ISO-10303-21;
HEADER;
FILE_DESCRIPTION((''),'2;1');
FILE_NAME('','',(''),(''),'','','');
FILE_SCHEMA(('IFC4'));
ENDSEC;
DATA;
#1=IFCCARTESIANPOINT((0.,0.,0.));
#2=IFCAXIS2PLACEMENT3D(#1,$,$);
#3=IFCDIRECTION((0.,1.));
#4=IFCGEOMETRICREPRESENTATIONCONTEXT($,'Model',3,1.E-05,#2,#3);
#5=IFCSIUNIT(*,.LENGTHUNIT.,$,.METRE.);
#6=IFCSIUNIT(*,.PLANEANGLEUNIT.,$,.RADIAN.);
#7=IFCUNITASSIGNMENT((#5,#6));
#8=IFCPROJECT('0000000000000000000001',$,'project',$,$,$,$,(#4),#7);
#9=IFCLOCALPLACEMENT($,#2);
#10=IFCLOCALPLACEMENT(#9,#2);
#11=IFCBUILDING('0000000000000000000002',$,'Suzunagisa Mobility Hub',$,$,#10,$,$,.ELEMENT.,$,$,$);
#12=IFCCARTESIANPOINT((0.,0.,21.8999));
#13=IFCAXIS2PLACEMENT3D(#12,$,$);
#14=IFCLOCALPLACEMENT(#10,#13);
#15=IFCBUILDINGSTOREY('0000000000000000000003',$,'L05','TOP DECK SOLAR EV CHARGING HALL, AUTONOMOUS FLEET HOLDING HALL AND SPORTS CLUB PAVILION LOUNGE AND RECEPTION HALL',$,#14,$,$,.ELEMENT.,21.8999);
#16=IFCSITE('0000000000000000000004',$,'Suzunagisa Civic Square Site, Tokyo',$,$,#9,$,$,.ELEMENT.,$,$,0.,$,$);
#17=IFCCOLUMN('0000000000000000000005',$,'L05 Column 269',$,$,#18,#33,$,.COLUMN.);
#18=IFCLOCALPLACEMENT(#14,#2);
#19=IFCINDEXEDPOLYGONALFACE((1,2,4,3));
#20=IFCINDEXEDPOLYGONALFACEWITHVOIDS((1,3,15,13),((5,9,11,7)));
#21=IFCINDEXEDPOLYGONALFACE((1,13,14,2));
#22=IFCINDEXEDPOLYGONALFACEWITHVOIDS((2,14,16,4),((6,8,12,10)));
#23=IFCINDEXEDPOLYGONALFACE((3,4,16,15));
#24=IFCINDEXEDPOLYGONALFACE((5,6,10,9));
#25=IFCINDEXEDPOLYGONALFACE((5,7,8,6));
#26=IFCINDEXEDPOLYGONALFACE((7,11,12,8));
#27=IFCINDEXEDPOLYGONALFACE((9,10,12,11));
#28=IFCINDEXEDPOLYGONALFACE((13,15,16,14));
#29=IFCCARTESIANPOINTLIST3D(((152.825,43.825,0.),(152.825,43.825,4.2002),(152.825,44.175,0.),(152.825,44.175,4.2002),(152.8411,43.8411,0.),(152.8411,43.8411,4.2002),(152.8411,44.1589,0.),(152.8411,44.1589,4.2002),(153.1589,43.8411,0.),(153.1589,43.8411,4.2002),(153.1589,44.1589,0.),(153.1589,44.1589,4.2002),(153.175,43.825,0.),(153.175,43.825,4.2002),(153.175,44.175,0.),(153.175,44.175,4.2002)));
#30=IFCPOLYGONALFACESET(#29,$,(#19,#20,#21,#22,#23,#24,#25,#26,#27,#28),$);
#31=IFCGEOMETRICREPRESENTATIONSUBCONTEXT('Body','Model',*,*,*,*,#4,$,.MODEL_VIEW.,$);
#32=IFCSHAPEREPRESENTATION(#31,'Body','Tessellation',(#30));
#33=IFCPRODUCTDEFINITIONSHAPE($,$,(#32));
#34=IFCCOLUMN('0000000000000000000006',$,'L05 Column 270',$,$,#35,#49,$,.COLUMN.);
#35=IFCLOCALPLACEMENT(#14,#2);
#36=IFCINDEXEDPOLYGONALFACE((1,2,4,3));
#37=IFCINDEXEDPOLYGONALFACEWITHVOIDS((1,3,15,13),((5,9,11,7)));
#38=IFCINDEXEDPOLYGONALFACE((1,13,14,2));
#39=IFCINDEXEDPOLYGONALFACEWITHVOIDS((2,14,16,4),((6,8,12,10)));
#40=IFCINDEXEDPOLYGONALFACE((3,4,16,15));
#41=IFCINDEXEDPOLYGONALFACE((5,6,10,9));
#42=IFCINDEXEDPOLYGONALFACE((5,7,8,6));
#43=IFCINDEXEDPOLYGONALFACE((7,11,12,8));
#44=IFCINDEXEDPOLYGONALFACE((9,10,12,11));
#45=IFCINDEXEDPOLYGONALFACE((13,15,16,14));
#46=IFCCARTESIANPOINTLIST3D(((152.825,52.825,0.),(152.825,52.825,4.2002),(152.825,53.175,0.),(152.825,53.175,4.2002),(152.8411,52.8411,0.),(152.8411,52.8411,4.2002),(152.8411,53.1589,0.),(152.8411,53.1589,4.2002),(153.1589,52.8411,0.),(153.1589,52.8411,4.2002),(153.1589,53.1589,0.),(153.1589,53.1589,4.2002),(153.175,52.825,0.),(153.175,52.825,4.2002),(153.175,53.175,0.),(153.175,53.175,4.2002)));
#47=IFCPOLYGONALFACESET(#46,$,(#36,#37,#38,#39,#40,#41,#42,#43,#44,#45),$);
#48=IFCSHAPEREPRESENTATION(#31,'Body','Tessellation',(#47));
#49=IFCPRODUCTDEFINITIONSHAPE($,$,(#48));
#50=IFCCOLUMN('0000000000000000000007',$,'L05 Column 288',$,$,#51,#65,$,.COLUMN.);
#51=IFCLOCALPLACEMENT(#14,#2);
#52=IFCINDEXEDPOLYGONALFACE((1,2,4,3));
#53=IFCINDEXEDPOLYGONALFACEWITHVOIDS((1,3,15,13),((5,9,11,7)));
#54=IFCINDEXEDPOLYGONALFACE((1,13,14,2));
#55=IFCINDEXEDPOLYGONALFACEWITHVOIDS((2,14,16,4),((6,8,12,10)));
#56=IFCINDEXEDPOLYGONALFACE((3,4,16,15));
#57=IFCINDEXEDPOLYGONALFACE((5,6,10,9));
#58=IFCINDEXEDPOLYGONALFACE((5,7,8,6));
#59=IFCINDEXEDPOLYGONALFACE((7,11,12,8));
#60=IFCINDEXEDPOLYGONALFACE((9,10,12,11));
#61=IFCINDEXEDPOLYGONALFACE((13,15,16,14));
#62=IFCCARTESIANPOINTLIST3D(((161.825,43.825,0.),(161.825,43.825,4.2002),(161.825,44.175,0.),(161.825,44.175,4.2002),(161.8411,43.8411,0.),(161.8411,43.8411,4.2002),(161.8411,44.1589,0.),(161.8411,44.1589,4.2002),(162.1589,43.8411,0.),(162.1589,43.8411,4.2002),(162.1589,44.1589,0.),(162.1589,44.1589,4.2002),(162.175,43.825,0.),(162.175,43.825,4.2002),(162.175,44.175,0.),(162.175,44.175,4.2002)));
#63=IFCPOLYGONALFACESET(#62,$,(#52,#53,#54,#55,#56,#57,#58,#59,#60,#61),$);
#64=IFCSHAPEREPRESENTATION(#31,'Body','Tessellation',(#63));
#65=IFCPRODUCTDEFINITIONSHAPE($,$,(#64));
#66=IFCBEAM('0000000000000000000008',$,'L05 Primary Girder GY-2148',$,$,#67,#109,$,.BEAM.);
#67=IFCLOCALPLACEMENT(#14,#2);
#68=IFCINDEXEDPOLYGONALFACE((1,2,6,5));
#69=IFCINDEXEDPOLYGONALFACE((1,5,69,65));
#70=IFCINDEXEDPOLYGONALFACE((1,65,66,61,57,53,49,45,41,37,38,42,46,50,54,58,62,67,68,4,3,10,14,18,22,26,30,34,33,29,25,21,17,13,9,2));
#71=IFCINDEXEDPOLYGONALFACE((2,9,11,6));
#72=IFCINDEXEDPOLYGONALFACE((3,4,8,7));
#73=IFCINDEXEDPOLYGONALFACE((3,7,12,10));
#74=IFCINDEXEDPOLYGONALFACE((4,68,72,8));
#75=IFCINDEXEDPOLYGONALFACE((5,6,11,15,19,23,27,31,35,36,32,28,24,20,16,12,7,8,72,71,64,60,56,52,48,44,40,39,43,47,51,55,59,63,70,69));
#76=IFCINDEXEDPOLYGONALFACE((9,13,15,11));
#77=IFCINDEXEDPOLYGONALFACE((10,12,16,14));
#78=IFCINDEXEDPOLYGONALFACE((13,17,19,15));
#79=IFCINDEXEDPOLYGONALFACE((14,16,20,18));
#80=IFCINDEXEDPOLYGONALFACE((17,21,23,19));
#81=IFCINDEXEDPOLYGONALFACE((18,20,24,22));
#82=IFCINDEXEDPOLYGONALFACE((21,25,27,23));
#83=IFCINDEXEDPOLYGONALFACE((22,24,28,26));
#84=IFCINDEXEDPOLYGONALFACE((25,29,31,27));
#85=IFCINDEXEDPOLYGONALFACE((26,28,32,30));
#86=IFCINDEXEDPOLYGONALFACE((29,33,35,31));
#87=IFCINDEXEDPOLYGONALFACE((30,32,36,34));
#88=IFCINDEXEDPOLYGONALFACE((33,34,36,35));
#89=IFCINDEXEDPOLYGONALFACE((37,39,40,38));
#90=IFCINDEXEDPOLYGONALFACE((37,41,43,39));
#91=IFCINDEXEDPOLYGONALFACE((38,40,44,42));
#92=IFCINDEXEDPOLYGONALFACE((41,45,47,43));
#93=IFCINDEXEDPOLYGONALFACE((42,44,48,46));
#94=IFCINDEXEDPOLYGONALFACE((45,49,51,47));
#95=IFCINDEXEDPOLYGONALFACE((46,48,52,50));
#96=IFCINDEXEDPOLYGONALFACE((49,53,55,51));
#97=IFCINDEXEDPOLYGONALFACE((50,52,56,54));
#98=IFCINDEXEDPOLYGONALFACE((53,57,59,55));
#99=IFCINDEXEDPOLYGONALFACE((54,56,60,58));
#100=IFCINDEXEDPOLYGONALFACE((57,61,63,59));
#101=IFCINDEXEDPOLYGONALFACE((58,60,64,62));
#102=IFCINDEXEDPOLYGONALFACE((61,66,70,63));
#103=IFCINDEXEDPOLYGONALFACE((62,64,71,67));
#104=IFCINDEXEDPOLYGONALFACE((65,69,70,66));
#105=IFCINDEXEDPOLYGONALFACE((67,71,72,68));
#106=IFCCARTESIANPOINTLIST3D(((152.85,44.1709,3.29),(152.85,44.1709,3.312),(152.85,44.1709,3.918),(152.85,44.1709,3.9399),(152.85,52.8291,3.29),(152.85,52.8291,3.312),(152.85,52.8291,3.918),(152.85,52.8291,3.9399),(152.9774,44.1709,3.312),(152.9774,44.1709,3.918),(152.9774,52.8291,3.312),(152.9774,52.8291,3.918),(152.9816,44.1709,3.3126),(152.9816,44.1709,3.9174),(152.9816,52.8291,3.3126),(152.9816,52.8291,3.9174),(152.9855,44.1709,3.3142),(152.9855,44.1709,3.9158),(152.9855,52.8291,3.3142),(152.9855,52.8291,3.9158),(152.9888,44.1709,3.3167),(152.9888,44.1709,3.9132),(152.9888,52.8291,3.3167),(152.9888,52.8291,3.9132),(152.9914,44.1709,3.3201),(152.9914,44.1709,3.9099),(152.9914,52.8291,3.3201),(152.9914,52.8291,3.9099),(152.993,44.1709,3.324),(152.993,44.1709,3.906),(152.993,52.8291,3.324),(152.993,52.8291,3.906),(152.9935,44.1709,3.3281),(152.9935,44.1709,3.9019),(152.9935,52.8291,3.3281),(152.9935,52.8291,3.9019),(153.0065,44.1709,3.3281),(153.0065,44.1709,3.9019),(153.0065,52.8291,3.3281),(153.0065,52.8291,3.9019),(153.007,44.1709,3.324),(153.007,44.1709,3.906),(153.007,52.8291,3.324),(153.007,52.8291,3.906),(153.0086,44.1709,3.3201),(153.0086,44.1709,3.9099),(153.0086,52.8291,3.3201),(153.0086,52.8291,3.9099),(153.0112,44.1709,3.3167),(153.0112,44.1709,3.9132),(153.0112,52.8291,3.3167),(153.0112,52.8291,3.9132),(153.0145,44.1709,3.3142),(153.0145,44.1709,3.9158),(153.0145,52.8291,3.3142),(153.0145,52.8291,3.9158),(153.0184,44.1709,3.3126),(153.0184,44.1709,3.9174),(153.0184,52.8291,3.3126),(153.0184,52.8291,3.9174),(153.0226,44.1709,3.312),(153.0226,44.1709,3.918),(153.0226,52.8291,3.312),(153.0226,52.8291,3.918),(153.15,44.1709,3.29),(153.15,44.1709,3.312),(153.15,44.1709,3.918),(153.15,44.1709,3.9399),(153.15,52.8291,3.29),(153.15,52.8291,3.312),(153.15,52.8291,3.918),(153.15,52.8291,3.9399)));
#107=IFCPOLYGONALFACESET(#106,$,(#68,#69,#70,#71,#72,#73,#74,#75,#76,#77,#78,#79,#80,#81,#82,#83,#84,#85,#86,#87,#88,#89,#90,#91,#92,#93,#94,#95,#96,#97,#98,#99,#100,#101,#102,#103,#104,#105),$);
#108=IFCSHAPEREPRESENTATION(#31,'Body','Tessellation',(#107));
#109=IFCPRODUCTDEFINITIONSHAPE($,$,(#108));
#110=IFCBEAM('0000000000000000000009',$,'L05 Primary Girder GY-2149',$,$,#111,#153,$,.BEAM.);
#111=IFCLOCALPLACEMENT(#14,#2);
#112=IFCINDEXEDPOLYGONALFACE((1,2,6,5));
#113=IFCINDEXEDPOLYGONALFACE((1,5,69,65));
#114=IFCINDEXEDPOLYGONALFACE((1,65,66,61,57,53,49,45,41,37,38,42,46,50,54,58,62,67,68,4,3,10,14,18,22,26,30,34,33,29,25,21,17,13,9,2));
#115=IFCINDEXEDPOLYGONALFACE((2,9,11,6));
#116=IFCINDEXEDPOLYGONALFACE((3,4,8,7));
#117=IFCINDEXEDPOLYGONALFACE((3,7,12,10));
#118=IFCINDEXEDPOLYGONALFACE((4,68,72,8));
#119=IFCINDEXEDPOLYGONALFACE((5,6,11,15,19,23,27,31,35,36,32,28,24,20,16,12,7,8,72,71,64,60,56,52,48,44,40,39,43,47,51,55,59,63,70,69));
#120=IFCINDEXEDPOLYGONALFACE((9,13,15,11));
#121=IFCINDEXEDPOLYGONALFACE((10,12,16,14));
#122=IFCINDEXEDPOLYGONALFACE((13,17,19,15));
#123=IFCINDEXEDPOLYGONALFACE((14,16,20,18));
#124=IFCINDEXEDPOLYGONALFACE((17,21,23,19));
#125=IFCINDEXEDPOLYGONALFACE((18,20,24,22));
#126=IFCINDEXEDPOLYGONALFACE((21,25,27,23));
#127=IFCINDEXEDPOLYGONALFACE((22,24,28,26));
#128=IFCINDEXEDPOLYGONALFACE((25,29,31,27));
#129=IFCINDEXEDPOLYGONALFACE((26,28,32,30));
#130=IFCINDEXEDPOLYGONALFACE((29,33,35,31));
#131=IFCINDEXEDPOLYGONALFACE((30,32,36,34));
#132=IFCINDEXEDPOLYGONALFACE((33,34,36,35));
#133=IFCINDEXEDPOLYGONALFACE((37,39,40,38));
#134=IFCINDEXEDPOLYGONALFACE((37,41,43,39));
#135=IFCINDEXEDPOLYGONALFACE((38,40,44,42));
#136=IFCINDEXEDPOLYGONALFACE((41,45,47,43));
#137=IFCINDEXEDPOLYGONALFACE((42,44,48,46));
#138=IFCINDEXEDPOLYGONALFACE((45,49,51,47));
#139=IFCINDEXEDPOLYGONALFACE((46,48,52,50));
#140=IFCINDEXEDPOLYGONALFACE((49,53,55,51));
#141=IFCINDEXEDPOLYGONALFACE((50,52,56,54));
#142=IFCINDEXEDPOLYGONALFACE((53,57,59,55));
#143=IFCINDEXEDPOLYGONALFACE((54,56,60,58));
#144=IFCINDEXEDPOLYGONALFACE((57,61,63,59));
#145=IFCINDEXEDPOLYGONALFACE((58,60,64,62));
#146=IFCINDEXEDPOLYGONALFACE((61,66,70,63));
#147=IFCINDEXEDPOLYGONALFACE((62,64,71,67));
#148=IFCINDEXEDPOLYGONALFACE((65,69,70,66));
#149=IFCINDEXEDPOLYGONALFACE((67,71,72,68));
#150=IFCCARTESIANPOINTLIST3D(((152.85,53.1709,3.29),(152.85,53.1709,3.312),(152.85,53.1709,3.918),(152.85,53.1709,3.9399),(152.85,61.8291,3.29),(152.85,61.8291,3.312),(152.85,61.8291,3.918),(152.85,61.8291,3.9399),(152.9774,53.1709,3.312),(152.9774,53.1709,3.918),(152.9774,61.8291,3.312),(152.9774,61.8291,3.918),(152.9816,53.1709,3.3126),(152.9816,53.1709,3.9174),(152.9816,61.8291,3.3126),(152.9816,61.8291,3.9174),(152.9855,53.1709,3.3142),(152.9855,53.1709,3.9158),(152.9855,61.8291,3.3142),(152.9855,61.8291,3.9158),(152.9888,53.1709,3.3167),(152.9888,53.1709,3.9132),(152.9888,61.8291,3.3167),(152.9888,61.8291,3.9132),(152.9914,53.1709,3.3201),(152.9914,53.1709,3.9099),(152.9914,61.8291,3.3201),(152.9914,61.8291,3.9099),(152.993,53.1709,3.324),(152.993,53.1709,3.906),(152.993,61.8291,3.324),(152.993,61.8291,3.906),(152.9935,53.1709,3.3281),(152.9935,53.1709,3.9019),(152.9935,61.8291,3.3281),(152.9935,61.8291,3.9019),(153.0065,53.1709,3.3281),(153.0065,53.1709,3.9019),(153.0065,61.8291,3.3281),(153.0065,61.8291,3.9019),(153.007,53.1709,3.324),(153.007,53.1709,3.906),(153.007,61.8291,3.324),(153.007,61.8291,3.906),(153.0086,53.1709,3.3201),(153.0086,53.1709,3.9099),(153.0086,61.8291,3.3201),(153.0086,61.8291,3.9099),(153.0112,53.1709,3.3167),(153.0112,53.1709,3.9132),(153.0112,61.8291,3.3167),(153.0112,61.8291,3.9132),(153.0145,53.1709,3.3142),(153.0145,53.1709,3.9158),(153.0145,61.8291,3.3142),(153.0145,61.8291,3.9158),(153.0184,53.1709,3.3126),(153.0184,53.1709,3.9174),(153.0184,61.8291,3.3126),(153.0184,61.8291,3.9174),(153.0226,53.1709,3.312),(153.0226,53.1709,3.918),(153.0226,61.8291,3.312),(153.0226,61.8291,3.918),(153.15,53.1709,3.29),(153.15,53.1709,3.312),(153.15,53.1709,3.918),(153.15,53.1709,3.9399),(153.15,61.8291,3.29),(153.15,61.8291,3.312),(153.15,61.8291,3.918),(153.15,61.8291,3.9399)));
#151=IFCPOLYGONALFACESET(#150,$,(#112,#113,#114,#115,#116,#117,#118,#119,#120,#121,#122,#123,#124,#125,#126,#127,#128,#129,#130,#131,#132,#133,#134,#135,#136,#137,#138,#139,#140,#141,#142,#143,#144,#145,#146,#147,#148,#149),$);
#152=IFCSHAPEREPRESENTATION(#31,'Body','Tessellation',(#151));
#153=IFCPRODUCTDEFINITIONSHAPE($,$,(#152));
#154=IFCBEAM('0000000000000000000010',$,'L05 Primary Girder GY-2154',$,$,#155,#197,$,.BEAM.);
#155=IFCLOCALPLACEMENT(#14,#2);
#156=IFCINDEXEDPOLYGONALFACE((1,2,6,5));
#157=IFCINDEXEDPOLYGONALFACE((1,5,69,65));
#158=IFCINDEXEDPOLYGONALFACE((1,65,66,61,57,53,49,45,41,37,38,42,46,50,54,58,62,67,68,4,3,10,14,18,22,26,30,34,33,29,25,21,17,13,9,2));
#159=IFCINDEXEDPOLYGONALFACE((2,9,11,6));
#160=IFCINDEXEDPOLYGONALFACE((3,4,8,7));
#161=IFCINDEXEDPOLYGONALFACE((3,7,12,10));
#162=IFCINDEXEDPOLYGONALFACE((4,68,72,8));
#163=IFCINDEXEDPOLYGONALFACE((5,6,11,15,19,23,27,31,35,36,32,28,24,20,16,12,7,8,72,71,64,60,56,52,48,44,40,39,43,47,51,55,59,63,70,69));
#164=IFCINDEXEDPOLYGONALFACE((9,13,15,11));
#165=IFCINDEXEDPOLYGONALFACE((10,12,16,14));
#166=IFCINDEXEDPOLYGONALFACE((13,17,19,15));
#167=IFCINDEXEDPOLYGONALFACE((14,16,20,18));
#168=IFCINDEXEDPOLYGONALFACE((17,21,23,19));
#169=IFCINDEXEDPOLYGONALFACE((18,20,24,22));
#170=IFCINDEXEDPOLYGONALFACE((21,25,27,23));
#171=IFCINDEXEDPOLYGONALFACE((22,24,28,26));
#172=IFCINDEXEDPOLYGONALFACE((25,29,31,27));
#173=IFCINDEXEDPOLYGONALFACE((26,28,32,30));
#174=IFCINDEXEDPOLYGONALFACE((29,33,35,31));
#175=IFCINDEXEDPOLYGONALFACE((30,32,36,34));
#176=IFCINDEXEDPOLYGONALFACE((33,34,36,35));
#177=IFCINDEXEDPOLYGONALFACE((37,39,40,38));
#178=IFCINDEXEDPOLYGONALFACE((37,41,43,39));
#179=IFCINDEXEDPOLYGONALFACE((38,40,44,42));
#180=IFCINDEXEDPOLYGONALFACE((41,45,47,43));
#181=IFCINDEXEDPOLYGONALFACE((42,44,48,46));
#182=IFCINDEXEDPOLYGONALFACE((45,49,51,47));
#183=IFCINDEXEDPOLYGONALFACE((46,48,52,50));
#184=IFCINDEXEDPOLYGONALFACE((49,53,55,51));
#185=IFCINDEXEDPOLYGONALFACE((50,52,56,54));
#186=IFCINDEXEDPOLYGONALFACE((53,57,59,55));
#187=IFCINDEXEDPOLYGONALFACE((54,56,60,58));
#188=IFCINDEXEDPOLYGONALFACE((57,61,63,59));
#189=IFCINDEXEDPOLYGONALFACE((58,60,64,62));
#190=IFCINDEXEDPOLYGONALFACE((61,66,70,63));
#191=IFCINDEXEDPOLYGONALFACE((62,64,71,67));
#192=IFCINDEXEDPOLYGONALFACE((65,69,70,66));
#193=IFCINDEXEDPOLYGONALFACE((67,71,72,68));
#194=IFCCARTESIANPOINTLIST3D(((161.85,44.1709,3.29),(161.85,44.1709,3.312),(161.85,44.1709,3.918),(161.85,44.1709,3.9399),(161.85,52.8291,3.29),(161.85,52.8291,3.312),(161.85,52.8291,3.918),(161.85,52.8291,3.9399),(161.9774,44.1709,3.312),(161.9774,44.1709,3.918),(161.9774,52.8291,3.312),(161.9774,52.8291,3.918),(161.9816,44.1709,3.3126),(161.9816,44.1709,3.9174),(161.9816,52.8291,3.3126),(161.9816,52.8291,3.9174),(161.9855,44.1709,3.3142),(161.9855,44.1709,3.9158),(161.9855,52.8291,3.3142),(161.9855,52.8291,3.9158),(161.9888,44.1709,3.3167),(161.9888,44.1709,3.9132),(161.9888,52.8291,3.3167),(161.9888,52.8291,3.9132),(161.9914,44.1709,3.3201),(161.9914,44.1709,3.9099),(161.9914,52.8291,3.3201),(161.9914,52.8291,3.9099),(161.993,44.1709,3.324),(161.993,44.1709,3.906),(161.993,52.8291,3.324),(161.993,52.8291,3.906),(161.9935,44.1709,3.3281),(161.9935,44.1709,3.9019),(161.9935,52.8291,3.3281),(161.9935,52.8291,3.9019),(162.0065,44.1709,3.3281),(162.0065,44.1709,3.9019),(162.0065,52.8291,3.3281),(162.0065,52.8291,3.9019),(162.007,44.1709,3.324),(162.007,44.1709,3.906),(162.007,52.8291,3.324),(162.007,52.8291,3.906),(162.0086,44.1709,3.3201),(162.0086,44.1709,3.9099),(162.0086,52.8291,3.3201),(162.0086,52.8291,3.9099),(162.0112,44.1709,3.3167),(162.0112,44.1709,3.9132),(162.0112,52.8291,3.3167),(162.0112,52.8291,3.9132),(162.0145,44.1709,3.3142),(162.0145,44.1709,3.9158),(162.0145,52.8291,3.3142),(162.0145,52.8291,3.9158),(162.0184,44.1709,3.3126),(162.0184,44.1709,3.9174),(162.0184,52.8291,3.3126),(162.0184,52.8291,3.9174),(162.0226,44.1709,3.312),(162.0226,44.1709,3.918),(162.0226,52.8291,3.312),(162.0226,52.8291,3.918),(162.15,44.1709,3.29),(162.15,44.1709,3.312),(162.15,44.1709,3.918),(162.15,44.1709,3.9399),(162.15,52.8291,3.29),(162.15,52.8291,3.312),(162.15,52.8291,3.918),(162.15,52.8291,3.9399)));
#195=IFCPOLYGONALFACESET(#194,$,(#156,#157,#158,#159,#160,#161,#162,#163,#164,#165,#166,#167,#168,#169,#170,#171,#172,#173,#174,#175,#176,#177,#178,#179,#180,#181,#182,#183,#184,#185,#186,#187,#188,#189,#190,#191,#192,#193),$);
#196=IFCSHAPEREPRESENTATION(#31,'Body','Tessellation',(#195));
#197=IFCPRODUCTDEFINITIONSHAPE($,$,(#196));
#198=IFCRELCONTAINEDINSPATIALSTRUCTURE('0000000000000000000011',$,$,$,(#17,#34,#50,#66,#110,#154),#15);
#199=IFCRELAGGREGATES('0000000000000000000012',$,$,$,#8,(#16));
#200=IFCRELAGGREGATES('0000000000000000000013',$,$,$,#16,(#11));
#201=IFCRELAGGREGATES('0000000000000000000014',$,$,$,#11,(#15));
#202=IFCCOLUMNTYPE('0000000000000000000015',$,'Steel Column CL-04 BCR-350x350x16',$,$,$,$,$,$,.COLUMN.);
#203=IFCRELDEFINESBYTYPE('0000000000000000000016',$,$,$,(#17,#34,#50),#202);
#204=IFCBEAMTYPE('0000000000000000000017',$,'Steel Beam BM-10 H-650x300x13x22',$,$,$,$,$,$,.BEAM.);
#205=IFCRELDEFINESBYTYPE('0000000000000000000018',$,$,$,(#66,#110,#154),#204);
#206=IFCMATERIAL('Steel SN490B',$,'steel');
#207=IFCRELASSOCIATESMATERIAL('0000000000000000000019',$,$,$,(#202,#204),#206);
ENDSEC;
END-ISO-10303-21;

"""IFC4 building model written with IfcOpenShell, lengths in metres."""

from ifc_helpers import new_model, si_unit, direction, frame, origin, origin_2d, place, context, subcontext, project, spatial, hollow_rectangle, i_section, extrude, material, material_profile, profile_set, type_object, element, save


model = new_model("IFC4")

# Units and contexts
model_context = context("Model", 3, precision=1e-05, world=origin(), true_north=direction((0.0, 1.0)))
body_context = subcontext(model_context, "Body", "Model", "MODEL_VIEW")
ifc_project = project(units=[si_unit("LENGTHUNIT", "METRE"), si_unit("PLANEANGLEUNIT", "RADIAN")], contexts=[model_context])

# Site, building, storey
site_placement = place(None, origin())
site = spatial("IfcSite", under=ifc_project, at=site_placement, Name="Suzunagisa Civic Square Site, Tokyo", CompositionType="ELEMENT", RefElevation=0.0)
building_placement = place(site_placement, origin())
building = spatial("IfcBuilding", under=site, at=building_placement, Name="Suzunagisa Mobility Hub", CompositionType="ELEMENT")
storey_placement = place(building_placement, frame((0.0, 0.0, 21.8999)))
storey = spatial("IfcBuildingStorey", under=building, at=storey_placement, Name="L05", Description="TOP DECK SOLAR EV CHARGING HALL, AUTONOMOUS FLEET HOLDING HALL AND SPORTS CLUB PAVILION LOUNGE AND RECEPTION HALL", CompositionType="ELEMENT", Elevation=21.8999)

# Columns
ifc_material_1 = material(Name="Steel SN490B", Category="steel")
ifc_material_profile_1 = material_profile(ifc_material_1, hollow_rectangle(XDim=0.3501, YDim=0.3501, WallThickness=0.0161, at=origin_2d()), Name="BCR-350x350x16")
ifc_profile_set_1 = profile_set([ifc_material_profile_1], Name="Steel SN490B")
column_type = type_object("IfcColumnType", Name="Steel Column CL-04 BCR-350x350x16", PredefinedType="COLUMN", material=ifc_profile_set_1)
for number, where, z_axis, x_axis, name in (
    (1, (153.0, 44.0, 0.0), (0.0, 0.0, 1.0), (1.0, 0.0, 0.0), "L05 Column 269"),
    (2, (153.0, 53.0, 0.0), (0.0, 0.0, 1.0), (1.0, 0.0, 0.0), "L05 Column 270"),
    (3, (162.0, 44.0, 0.0), (0.0, 0.0, 1.0), (1.0, 0.0, 0.0), "L05 Column 288"),
):
    element("IfcColumn", number, at=place(storey_placement, frame(where, z_axis=z_axis, x_axis=x_axis)), inside=storey, type_object=column_type, Name=name, PredefinedType="COLUMN", context=body_context, shape_type="SweptSolid", body=[
        extrude(hollow_rectangle(XDim=0.3501, YDim=0.3501, WallThickness=0.0161, at=origin_2d()), origin(), (0.0, 0.0, 1.0), 4.2002),
    ])

# Beams
ifc_material_profile_2 = material_profile(ifc_material_1, i_section(OverallWidth=0.3, OverallDepth=0.6499, WebThickness=0.0129, FlangeThickness=0.022, FilletRadius=0.0161, at=origin_2d()), Name="H-650x300x13x22")
ifc_profile_set_2 = profile_set([ifc_material_profile_2], Name="Steel SN490B")
beam_type_1 = type_object("IfcBeamType", Name="Steel Beam BM-10 H-650x300x13x22", PredefinedType="BEAM", material=ifc_profile_set_2)
for number, where, z_axis, x_axis, name in (
    (4, (153.0, 44.1709, 3.615), (0.0, 1.0, 0.0), (-1.0, 0.0, 0.0), "L05 Primary Girder GY-2148"),
    (5, (153.0, 53.1709, 3.615), (0.0, 1.0, 0.0), (-1.0, 0.0, 0.0), "L05 Primary Girder GY-2149"),
    (6, (162.0, 44.1709, 3.615), (0.0, 1.0, 0.0), (-1.0, 0.0, 0.0), "L05 Primary Girder GY-2154"),
):
    element("IfcBeam", number, at=place(storey_placement, frame(where, z_axis=z_axis, x_axis=x_axis)), inside=storey, type_object=beam_type_1, Name=name, PredefinedType="BEAM", context=body_context, shape_type="SweptSolid", body=[
        extrude(i_section(OverallWidth=0.3, OverallDepth=0.6499, WebThickness=0.0129, FlangeThickness=0.022, FilletRadius=0.0161, at=origin_2d()), origin(), (0.0, 0.0, 1.0), 8.6582),
    ])

save(model, "model.ifc")
